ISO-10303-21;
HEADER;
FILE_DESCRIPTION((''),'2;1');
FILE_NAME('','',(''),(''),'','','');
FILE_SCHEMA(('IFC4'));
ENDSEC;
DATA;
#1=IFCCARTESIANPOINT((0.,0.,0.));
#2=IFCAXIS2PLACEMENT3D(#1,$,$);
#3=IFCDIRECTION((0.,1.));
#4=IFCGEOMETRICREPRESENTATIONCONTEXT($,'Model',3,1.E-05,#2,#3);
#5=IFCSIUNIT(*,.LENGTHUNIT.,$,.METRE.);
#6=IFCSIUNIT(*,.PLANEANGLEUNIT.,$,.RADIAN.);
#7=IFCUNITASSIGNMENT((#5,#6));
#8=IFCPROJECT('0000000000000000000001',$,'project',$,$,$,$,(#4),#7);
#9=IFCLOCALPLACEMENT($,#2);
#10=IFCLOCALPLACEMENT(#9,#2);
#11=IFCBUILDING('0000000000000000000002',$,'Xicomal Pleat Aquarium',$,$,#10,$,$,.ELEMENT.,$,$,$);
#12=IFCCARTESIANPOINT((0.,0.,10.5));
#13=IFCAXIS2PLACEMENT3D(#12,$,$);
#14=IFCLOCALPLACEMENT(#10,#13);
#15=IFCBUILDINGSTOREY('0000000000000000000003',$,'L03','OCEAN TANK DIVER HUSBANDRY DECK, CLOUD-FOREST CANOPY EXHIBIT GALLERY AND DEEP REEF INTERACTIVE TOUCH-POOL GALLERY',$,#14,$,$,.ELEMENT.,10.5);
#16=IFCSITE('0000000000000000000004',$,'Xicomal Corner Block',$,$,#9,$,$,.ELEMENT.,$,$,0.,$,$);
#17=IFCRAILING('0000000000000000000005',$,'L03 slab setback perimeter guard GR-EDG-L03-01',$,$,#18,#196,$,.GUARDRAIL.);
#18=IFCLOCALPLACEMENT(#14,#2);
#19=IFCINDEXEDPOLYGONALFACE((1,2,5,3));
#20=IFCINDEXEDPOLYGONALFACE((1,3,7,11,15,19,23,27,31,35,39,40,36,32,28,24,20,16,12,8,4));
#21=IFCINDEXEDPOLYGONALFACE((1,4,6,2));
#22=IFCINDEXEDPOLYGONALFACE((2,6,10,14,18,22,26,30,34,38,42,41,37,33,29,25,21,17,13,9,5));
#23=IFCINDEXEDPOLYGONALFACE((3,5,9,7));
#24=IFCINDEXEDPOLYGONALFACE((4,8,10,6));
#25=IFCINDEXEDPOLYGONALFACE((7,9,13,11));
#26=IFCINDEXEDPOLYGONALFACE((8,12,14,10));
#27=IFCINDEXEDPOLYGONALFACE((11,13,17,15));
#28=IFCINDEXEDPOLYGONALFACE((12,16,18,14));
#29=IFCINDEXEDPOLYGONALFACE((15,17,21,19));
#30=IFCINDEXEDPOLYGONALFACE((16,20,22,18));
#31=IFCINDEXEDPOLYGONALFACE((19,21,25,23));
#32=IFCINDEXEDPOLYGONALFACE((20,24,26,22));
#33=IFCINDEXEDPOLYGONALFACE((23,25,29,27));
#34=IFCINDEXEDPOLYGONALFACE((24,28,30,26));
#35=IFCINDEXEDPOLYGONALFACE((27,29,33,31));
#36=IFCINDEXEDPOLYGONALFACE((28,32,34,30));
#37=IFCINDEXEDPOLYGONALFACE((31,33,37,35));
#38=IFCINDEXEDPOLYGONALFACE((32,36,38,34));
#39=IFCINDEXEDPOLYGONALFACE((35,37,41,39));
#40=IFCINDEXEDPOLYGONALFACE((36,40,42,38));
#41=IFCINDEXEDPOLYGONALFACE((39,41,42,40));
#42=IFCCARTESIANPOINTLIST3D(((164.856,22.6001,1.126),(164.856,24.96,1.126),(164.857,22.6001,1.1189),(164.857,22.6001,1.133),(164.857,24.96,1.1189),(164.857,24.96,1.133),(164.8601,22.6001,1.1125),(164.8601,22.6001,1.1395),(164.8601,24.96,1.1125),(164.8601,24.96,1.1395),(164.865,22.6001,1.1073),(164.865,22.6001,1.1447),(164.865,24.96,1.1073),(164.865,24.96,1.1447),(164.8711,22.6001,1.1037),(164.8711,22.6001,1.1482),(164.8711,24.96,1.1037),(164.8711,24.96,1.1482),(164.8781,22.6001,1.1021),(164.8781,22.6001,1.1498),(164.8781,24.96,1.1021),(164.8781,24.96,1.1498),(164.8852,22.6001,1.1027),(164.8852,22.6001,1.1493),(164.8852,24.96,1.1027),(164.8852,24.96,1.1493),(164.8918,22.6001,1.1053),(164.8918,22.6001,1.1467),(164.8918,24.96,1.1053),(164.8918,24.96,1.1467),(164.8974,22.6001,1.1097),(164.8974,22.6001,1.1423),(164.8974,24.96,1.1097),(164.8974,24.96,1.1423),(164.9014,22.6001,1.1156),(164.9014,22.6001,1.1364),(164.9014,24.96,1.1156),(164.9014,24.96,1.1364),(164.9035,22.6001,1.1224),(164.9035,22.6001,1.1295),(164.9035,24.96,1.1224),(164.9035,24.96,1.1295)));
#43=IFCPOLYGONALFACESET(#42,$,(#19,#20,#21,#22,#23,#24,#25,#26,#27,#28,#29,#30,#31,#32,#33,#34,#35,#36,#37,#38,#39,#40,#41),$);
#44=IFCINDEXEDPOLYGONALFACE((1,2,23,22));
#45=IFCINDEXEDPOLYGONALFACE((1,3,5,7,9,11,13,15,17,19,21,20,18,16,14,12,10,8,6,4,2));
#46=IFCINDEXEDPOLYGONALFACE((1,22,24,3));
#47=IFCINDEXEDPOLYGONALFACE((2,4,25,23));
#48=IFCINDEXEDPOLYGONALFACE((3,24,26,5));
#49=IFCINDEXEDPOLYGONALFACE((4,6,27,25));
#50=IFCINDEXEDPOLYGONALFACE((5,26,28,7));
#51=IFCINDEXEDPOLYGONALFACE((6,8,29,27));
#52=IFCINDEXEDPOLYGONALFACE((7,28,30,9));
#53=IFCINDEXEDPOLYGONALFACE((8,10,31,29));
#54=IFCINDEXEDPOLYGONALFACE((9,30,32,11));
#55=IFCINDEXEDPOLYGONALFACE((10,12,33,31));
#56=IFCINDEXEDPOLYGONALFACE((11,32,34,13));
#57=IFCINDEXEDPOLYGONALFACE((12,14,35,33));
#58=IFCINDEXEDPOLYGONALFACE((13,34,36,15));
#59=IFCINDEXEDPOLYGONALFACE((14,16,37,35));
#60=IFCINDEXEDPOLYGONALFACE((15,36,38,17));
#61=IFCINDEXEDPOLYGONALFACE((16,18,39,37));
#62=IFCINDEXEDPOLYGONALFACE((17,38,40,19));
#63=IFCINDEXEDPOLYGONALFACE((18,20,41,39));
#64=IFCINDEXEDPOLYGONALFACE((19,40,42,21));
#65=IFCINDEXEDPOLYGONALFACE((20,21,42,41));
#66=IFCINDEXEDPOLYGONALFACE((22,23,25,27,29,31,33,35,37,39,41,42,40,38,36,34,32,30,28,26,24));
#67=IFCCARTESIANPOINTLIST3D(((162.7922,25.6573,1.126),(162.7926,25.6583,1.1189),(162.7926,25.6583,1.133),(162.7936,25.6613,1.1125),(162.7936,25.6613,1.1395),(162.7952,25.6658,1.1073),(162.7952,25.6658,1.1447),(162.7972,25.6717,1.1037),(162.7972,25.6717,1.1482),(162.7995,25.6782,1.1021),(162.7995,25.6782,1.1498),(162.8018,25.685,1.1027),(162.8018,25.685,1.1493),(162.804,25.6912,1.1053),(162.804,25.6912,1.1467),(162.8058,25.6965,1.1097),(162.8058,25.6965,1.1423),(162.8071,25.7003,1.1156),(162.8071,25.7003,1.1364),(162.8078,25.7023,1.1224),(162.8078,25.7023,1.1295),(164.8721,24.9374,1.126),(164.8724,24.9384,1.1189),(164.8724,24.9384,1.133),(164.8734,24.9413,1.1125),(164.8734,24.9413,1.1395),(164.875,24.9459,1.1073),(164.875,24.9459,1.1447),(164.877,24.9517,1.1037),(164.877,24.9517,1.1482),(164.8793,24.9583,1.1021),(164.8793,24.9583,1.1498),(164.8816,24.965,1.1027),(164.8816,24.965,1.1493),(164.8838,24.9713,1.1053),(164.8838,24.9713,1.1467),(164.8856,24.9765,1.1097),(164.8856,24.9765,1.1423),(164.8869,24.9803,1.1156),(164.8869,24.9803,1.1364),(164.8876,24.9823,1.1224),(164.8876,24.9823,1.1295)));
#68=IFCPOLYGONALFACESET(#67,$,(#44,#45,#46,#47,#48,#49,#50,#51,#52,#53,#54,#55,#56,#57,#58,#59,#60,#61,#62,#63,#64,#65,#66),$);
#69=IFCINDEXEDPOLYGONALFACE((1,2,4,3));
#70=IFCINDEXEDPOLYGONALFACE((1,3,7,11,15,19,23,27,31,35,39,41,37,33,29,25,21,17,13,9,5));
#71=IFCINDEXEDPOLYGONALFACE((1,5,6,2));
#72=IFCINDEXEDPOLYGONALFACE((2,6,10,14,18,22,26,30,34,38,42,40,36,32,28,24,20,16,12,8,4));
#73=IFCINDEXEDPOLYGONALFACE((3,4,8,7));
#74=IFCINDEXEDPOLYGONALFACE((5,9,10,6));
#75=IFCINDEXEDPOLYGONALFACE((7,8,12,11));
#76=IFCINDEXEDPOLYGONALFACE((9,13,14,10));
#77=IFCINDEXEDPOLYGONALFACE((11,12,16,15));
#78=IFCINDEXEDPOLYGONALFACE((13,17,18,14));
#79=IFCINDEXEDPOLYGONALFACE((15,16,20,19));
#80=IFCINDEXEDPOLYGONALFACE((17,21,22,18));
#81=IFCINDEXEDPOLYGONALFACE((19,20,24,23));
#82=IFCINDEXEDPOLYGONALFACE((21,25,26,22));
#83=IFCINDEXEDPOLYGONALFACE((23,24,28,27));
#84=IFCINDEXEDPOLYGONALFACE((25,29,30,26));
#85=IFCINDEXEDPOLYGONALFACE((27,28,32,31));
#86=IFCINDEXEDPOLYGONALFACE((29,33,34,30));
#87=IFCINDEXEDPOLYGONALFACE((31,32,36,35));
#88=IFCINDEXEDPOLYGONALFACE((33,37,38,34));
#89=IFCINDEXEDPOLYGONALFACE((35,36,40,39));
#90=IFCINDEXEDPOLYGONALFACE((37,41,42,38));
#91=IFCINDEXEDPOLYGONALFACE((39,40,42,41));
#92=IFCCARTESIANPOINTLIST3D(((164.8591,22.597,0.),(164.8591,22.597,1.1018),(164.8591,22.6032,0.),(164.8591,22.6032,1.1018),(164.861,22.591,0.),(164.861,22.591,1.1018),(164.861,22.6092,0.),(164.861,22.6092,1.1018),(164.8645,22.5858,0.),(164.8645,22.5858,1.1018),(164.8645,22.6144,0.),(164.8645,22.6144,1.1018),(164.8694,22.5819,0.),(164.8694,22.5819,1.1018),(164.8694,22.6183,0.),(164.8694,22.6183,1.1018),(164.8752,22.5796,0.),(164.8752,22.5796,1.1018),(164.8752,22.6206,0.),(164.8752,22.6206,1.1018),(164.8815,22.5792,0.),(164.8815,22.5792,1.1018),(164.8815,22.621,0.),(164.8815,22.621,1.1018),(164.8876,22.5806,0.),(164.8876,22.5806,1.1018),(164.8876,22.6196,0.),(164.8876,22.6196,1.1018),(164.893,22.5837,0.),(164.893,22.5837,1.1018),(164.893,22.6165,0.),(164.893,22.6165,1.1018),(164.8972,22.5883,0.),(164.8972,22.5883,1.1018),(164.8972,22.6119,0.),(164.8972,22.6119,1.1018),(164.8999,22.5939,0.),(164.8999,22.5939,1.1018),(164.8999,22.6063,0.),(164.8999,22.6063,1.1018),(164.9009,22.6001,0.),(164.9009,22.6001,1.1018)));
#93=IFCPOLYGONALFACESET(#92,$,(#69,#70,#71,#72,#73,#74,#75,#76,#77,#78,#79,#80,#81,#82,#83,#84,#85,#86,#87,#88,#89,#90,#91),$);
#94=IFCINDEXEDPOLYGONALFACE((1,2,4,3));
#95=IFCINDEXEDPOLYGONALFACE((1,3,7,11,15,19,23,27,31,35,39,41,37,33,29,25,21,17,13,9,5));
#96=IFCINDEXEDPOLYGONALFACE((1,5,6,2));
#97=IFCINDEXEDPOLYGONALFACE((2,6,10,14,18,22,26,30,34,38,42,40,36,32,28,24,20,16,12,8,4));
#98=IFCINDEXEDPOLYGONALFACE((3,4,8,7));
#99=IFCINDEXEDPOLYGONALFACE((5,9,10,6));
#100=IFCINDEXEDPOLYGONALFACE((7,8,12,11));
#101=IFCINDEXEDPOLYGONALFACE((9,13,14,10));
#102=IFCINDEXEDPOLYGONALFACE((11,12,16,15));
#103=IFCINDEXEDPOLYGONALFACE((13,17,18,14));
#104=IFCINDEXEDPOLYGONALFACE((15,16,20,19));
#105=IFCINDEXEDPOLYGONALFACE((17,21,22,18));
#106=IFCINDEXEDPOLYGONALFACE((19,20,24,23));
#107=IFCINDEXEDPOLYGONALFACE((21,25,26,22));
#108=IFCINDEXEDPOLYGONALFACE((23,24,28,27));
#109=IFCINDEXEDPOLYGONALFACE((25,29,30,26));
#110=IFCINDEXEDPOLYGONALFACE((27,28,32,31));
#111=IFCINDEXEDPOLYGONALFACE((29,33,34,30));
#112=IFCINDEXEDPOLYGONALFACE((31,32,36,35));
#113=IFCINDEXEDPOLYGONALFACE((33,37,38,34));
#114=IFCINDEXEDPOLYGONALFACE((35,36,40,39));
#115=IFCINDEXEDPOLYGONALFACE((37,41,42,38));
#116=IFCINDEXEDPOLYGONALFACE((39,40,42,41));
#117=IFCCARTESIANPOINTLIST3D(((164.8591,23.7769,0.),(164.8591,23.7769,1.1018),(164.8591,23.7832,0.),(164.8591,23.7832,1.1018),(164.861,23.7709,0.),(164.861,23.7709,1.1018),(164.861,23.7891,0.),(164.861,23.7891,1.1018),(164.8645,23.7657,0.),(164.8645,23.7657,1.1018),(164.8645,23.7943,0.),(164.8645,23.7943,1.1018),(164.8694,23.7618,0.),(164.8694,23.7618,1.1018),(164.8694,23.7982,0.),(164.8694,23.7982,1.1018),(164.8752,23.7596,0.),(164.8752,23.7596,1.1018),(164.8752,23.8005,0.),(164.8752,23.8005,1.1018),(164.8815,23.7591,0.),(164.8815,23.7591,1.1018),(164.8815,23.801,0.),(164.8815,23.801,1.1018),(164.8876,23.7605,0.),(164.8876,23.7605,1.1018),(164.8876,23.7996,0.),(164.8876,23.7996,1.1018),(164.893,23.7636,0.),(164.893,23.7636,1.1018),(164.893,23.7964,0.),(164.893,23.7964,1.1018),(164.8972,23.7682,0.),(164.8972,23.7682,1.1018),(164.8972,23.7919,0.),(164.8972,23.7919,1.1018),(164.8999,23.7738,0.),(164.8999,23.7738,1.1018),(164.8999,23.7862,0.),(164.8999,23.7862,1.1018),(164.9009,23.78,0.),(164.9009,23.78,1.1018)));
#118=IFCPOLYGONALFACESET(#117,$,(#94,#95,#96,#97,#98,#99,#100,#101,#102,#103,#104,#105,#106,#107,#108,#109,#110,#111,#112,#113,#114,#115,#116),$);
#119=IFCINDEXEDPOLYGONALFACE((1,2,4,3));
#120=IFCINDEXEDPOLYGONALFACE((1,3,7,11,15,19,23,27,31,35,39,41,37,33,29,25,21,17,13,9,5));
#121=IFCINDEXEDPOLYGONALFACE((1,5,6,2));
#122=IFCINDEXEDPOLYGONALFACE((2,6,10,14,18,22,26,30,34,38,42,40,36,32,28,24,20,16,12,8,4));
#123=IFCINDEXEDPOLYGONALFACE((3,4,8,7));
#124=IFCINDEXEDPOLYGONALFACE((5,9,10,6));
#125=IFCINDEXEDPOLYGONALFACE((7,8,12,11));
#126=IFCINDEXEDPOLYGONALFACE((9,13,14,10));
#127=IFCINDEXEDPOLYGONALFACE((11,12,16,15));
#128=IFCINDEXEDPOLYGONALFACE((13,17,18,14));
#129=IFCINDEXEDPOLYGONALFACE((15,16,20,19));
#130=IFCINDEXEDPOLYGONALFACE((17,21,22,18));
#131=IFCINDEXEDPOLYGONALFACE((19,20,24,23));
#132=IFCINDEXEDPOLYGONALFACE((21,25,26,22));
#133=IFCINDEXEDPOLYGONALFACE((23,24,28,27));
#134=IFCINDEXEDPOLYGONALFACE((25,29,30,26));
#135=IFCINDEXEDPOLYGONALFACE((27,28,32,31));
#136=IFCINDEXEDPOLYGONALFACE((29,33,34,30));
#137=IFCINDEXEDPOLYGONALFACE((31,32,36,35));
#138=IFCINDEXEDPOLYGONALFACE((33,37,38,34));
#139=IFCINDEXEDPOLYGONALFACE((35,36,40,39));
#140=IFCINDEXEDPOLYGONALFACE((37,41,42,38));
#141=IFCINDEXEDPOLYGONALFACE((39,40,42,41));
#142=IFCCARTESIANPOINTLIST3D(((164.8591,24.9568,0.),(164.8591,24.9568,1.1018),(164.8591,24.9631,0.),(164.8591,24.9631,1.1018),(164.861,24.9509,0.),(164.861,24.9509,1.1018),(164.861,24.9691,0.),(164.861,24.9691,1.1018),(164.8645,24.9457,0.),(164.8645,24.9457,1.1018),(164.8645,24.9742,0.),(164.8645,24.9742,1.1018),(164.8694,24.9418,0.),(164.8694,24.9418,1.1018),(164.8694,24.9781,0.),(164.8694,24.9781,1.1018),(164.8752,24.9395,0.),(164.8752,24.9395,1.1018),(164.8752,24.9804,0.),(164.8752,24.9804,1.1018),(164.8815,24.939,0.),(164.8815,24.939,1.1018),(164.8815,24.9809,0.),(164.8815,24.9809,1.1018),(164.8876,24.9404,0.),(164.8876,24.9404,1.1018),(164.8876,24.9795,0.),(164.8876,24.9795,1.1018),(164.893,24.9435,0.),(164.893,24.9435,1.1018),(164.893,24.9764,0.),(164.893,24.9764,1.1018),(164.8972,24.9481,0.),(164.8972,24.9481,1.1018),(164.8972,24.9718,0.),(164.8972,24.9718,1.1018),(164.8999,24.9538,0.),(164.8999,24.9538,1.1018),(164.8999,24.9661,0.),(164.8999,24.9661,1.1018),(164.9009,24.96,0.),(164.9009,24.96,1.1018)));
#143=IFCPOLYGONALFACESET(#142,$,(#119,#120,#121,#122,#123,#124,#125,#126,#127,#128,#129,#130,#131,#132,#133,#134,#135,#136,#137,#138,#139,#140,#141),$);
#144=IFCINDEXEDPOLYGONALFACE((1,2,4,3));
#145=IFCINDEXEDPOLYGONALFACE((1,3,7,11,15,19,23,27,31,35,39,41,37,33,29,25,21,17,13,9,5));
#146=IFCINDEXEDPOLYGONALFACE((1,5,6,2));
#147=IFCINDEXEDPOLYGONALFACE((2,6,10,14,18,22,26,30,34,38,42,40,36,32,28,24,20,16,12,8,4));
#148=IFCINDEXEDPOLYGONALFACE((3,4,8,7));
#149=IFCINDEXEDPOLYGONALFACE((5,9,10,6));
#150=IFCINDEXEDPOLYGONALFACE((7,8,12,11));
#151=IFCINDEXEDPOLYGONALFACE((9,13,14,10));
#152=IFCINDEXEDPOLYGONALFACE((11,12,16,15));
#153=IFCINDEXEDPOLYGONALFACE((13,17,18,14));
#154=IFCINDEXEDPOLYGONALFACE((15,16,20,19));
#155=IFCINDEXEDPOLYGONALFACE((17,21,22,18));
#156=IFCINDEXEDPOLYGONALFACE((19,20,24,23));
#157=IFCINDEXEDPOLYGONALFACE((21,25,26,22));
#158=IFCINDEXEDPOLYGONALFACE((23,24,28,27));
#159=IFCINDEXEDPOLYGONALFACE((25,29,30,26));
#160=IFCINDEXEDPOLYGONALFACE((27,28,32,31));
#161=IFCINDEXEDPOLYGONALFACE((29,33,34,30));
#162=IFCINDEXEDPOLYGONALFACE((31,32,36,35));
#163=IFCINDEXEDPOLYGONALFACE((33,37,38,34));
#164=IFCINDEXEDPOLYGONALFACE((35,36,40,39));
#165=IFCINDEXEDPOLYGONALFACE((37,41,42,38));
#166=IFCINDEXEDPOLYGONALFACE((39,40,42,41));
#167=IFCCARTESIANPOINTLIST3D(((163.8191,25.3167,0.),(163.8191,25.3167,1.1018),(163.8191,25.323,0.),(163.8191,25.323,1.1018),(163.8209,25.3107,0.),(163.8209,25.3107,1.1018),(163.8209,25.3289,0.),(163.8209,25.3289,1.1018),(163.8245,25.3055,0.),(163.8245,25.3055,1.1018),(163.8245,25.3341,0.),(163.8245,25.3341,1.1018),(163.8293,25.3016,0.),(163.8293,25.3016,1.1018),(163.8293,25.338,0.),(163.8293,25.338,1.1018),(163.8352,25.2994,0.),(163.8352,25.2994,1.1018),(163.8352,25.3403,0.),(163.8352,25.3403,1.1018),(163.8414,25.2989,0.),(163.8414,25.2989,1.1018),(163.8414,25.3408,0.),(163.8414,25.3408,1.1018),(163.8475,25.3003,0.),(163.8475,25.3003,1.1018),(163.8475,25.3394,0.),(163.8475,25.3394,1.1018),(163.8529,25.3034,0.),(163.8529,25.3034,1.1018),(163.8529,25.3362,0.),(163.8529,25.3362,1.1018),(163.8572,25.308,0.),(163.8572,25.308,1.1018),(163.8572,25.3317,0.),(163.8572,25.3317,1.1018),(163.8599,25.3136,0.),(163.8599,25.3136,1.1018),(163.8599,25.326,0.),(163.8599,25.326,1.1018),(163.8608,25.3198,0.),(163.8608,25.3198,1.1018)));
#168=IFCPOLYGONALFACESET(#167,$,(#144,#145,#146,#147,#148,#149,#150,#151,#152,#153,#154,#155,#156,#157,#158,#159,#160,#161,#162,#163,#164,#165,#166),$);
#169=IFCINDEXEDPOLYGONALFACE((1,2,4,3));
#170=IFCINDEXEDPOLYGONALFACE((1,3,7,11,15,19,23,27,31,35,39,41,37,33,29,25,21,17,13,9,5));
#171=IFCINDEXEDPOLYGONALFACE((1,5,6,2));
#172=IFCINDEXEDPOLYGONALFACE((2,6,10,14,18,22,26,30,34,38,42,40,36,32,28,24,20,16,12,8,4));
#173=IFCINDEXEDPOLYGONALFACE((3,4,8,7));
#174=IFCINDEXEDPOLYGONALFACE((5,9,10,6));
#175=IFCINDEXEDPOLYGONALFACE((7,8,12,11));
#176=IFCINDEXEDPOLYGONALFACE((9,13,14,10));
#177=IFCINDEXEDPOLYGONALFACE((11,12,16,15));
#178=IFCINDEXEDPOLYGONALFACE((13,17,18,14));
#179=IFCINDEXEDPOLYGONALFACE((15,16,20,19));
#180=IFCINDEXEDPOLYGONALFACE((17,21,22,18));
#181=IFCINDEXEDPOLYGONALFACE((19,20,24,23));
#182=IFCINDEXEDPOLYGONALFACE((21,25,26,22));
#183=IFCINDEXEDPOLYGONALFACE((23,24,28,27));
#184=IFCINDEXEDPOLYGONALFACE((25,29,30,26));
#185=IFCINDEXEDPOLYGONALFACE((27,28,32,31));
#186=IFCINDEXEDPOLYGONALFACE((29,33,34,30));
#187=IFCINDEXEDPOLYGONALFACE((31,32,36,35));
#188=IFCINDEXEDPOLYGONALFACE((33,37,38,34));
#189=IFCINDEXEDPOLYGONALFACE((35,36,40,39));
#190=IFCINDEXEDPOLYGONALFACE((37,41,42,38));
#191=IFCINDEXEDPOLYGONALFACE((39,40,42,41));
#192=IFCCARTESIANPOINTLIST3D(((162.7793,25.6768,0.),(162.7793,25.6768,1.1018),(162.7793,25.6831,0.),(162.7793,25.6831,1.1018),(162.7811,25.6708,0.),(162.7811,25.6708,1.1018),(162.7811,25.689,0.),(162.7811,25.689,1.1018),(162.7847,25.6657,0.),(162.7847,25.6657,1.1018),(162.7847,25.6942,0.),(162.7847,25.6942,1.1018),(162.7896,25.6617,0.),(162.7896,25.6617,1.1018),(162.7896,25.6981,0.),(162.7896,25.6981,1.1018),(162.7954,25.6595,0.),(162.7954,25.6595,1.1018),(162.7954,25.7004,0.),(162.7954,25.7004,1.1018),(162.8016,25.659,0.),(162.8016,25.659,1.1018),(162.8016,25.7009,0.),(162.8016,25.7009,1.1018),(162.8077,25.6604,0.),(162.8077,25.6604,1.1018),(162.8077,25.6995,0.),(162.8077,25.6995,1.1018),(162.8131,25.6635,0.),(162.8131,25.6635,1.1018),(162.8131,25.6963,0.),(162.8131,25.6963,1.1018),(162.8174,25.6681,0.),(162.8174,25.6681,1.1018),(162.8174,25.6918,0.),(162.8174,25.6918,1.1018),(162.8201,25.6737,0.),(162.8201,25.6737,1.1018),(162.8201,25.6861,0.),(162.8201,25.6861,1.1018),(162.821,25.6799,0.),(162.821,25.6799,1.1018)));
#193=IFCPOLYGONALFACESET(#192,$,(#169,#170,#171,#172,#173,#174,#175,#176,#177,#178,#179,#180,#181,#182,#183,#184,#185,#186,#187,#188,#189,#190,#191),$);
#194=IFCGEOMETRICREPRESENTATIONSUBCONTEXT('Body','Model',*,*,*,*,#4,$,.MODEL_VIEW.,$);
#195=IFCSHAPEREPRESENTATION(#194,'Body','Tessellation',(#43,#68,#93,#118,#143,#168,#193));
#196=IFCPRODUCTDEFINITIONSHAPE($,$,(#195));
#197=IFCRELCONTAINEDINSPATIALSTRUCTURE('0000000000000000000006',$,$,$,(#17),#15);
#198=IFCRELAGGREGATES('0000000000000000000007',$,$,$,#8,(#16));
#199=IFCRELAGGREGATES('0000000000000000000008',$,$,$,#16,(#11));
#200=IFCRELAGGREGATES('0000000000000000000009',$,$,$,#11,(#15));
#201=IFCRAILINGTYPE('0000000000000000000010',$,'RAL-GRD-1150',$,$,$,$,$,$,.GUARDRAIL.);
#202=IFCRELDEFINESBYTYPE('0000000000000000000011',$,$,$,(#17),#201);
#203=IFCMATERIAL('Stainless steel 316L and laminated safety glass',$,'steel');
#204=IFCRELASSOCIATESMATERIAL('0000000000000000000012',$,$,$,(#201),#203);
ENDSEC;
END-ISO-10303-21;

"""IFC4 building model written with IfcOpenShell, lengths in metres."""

from ifc_helpers import new_model, si_unit, direction, frame, origin, origin_2d, place, context, subcontext, project, spatial, circle, extrude, material, type_object, element, save


model = new_model("IFC4")

# Units and contexts
model_context = context("Model", 3, precision=1e-05, world=origin(), true_north=direction((0.0, 1.0)))
body_context = subcontext(model_context, "Body", "Model", "MODEL_VIEW")
ifc_project = project(units=[si_unit("LENGTHUNIT", "METRE"), si_unit("PLANEANGLEUNIT", "RADIAN")], contexts=[model_context])

# Site, building, storey
site_placement = place(None, origin())
site = spatial("IfcSite", under=ifc_project, at=site_placement, Name="Xicomal Corner Block", CompositionType="ELEMENT", RefElevation=0.0)
building_placement = place(site_placement, origin())
building = spatial("IfcBuilding", under=site, at=building_placement, Name="Xicomal Pleat Aquarium", CompositionType="ELEMENT")
storey_placement = place(building_placement, frame((0.0, 0.0, 10.5)))
storey = spatial("IfcBuildingStorey", under=building, at=storey_placement, Name="L03", Description="OCEAN TANK DIVER HUSBANDRY DECK, CLOUD-FOREST CANOPY EXHIBIT GALLERY AND DEEP REEF INTERACTIVE TOUCH-POOL GALLERY", CompositionType="ELEMENT", Elevation=10.5)

# Railing
ifc_material_1 = material(Name="Stainless steel 316L and laminated safety glass", Category="steel")
railing_type = type_object("IfcRailingType", Name="RAL-GRD-1150", PredefinedType="GUARDRAIL", material=ifc_material_1)
railing_placement = place(storey_placement, frame((164.8799, 22.6001, 0.0)))
element("IfcRailing", 1, at=railing_placement, inside=storey, type_object=railing_type, Name="L03 slab setback perimeter guard GR-EDG-L03-01", PredefinedType="GUARDRAIL", context=body_context, shape_type="SweptSolid", body=[
    extrude(circle(Radius=0.0239, at=origin_2d()), frame((0.0, 0.0, 1.126), z_axis=(0.0, 1.0, 0.0), x_axis=(-1.0, 0.0, 0.0)), (0.0, 0.0, 1.0), 2.3599),
    extrude(circle(Radius=0.0239, at=origin_2d()), frame((0.0, 2.3599, 1.126), z_axis=(-0.944982, 0.327122, 0.0), x_axis=(-0.327122, -0.944982, 0.0)), (0.0, 0.0, 1.0), 2.2009),
    extrude(circle(Radius=0.021, at=origin_2d()), origin(), (0.0, 0.0, 1.0), 1.1018),
    extrude(circle(Radius=0.021, at=origin_2d()), frame((0.0, 1.1799, 0.0)), (0.0, 0.0, 1.0), 1.1018),
    extrude(circle(Radius=0.021, at=origin_2d()), frame((0.0, 2.3599, 0.0)), (0.0, 0.0, 1.0), 1.1018),
    extrude(circle(Radius=0.021, at=origin_2d()), frame((-1.04, 2.7197, 0.0)), (0.0, 0.0, 1.0), 1.1018),
    extrude(circle(Radius=0.021, at=origin_2d()), frame((-2.0798, 3.0798, 0.0)), (0.0, 0.0, 1.0), 1.1018),
])

save(model, "model.ifc")
